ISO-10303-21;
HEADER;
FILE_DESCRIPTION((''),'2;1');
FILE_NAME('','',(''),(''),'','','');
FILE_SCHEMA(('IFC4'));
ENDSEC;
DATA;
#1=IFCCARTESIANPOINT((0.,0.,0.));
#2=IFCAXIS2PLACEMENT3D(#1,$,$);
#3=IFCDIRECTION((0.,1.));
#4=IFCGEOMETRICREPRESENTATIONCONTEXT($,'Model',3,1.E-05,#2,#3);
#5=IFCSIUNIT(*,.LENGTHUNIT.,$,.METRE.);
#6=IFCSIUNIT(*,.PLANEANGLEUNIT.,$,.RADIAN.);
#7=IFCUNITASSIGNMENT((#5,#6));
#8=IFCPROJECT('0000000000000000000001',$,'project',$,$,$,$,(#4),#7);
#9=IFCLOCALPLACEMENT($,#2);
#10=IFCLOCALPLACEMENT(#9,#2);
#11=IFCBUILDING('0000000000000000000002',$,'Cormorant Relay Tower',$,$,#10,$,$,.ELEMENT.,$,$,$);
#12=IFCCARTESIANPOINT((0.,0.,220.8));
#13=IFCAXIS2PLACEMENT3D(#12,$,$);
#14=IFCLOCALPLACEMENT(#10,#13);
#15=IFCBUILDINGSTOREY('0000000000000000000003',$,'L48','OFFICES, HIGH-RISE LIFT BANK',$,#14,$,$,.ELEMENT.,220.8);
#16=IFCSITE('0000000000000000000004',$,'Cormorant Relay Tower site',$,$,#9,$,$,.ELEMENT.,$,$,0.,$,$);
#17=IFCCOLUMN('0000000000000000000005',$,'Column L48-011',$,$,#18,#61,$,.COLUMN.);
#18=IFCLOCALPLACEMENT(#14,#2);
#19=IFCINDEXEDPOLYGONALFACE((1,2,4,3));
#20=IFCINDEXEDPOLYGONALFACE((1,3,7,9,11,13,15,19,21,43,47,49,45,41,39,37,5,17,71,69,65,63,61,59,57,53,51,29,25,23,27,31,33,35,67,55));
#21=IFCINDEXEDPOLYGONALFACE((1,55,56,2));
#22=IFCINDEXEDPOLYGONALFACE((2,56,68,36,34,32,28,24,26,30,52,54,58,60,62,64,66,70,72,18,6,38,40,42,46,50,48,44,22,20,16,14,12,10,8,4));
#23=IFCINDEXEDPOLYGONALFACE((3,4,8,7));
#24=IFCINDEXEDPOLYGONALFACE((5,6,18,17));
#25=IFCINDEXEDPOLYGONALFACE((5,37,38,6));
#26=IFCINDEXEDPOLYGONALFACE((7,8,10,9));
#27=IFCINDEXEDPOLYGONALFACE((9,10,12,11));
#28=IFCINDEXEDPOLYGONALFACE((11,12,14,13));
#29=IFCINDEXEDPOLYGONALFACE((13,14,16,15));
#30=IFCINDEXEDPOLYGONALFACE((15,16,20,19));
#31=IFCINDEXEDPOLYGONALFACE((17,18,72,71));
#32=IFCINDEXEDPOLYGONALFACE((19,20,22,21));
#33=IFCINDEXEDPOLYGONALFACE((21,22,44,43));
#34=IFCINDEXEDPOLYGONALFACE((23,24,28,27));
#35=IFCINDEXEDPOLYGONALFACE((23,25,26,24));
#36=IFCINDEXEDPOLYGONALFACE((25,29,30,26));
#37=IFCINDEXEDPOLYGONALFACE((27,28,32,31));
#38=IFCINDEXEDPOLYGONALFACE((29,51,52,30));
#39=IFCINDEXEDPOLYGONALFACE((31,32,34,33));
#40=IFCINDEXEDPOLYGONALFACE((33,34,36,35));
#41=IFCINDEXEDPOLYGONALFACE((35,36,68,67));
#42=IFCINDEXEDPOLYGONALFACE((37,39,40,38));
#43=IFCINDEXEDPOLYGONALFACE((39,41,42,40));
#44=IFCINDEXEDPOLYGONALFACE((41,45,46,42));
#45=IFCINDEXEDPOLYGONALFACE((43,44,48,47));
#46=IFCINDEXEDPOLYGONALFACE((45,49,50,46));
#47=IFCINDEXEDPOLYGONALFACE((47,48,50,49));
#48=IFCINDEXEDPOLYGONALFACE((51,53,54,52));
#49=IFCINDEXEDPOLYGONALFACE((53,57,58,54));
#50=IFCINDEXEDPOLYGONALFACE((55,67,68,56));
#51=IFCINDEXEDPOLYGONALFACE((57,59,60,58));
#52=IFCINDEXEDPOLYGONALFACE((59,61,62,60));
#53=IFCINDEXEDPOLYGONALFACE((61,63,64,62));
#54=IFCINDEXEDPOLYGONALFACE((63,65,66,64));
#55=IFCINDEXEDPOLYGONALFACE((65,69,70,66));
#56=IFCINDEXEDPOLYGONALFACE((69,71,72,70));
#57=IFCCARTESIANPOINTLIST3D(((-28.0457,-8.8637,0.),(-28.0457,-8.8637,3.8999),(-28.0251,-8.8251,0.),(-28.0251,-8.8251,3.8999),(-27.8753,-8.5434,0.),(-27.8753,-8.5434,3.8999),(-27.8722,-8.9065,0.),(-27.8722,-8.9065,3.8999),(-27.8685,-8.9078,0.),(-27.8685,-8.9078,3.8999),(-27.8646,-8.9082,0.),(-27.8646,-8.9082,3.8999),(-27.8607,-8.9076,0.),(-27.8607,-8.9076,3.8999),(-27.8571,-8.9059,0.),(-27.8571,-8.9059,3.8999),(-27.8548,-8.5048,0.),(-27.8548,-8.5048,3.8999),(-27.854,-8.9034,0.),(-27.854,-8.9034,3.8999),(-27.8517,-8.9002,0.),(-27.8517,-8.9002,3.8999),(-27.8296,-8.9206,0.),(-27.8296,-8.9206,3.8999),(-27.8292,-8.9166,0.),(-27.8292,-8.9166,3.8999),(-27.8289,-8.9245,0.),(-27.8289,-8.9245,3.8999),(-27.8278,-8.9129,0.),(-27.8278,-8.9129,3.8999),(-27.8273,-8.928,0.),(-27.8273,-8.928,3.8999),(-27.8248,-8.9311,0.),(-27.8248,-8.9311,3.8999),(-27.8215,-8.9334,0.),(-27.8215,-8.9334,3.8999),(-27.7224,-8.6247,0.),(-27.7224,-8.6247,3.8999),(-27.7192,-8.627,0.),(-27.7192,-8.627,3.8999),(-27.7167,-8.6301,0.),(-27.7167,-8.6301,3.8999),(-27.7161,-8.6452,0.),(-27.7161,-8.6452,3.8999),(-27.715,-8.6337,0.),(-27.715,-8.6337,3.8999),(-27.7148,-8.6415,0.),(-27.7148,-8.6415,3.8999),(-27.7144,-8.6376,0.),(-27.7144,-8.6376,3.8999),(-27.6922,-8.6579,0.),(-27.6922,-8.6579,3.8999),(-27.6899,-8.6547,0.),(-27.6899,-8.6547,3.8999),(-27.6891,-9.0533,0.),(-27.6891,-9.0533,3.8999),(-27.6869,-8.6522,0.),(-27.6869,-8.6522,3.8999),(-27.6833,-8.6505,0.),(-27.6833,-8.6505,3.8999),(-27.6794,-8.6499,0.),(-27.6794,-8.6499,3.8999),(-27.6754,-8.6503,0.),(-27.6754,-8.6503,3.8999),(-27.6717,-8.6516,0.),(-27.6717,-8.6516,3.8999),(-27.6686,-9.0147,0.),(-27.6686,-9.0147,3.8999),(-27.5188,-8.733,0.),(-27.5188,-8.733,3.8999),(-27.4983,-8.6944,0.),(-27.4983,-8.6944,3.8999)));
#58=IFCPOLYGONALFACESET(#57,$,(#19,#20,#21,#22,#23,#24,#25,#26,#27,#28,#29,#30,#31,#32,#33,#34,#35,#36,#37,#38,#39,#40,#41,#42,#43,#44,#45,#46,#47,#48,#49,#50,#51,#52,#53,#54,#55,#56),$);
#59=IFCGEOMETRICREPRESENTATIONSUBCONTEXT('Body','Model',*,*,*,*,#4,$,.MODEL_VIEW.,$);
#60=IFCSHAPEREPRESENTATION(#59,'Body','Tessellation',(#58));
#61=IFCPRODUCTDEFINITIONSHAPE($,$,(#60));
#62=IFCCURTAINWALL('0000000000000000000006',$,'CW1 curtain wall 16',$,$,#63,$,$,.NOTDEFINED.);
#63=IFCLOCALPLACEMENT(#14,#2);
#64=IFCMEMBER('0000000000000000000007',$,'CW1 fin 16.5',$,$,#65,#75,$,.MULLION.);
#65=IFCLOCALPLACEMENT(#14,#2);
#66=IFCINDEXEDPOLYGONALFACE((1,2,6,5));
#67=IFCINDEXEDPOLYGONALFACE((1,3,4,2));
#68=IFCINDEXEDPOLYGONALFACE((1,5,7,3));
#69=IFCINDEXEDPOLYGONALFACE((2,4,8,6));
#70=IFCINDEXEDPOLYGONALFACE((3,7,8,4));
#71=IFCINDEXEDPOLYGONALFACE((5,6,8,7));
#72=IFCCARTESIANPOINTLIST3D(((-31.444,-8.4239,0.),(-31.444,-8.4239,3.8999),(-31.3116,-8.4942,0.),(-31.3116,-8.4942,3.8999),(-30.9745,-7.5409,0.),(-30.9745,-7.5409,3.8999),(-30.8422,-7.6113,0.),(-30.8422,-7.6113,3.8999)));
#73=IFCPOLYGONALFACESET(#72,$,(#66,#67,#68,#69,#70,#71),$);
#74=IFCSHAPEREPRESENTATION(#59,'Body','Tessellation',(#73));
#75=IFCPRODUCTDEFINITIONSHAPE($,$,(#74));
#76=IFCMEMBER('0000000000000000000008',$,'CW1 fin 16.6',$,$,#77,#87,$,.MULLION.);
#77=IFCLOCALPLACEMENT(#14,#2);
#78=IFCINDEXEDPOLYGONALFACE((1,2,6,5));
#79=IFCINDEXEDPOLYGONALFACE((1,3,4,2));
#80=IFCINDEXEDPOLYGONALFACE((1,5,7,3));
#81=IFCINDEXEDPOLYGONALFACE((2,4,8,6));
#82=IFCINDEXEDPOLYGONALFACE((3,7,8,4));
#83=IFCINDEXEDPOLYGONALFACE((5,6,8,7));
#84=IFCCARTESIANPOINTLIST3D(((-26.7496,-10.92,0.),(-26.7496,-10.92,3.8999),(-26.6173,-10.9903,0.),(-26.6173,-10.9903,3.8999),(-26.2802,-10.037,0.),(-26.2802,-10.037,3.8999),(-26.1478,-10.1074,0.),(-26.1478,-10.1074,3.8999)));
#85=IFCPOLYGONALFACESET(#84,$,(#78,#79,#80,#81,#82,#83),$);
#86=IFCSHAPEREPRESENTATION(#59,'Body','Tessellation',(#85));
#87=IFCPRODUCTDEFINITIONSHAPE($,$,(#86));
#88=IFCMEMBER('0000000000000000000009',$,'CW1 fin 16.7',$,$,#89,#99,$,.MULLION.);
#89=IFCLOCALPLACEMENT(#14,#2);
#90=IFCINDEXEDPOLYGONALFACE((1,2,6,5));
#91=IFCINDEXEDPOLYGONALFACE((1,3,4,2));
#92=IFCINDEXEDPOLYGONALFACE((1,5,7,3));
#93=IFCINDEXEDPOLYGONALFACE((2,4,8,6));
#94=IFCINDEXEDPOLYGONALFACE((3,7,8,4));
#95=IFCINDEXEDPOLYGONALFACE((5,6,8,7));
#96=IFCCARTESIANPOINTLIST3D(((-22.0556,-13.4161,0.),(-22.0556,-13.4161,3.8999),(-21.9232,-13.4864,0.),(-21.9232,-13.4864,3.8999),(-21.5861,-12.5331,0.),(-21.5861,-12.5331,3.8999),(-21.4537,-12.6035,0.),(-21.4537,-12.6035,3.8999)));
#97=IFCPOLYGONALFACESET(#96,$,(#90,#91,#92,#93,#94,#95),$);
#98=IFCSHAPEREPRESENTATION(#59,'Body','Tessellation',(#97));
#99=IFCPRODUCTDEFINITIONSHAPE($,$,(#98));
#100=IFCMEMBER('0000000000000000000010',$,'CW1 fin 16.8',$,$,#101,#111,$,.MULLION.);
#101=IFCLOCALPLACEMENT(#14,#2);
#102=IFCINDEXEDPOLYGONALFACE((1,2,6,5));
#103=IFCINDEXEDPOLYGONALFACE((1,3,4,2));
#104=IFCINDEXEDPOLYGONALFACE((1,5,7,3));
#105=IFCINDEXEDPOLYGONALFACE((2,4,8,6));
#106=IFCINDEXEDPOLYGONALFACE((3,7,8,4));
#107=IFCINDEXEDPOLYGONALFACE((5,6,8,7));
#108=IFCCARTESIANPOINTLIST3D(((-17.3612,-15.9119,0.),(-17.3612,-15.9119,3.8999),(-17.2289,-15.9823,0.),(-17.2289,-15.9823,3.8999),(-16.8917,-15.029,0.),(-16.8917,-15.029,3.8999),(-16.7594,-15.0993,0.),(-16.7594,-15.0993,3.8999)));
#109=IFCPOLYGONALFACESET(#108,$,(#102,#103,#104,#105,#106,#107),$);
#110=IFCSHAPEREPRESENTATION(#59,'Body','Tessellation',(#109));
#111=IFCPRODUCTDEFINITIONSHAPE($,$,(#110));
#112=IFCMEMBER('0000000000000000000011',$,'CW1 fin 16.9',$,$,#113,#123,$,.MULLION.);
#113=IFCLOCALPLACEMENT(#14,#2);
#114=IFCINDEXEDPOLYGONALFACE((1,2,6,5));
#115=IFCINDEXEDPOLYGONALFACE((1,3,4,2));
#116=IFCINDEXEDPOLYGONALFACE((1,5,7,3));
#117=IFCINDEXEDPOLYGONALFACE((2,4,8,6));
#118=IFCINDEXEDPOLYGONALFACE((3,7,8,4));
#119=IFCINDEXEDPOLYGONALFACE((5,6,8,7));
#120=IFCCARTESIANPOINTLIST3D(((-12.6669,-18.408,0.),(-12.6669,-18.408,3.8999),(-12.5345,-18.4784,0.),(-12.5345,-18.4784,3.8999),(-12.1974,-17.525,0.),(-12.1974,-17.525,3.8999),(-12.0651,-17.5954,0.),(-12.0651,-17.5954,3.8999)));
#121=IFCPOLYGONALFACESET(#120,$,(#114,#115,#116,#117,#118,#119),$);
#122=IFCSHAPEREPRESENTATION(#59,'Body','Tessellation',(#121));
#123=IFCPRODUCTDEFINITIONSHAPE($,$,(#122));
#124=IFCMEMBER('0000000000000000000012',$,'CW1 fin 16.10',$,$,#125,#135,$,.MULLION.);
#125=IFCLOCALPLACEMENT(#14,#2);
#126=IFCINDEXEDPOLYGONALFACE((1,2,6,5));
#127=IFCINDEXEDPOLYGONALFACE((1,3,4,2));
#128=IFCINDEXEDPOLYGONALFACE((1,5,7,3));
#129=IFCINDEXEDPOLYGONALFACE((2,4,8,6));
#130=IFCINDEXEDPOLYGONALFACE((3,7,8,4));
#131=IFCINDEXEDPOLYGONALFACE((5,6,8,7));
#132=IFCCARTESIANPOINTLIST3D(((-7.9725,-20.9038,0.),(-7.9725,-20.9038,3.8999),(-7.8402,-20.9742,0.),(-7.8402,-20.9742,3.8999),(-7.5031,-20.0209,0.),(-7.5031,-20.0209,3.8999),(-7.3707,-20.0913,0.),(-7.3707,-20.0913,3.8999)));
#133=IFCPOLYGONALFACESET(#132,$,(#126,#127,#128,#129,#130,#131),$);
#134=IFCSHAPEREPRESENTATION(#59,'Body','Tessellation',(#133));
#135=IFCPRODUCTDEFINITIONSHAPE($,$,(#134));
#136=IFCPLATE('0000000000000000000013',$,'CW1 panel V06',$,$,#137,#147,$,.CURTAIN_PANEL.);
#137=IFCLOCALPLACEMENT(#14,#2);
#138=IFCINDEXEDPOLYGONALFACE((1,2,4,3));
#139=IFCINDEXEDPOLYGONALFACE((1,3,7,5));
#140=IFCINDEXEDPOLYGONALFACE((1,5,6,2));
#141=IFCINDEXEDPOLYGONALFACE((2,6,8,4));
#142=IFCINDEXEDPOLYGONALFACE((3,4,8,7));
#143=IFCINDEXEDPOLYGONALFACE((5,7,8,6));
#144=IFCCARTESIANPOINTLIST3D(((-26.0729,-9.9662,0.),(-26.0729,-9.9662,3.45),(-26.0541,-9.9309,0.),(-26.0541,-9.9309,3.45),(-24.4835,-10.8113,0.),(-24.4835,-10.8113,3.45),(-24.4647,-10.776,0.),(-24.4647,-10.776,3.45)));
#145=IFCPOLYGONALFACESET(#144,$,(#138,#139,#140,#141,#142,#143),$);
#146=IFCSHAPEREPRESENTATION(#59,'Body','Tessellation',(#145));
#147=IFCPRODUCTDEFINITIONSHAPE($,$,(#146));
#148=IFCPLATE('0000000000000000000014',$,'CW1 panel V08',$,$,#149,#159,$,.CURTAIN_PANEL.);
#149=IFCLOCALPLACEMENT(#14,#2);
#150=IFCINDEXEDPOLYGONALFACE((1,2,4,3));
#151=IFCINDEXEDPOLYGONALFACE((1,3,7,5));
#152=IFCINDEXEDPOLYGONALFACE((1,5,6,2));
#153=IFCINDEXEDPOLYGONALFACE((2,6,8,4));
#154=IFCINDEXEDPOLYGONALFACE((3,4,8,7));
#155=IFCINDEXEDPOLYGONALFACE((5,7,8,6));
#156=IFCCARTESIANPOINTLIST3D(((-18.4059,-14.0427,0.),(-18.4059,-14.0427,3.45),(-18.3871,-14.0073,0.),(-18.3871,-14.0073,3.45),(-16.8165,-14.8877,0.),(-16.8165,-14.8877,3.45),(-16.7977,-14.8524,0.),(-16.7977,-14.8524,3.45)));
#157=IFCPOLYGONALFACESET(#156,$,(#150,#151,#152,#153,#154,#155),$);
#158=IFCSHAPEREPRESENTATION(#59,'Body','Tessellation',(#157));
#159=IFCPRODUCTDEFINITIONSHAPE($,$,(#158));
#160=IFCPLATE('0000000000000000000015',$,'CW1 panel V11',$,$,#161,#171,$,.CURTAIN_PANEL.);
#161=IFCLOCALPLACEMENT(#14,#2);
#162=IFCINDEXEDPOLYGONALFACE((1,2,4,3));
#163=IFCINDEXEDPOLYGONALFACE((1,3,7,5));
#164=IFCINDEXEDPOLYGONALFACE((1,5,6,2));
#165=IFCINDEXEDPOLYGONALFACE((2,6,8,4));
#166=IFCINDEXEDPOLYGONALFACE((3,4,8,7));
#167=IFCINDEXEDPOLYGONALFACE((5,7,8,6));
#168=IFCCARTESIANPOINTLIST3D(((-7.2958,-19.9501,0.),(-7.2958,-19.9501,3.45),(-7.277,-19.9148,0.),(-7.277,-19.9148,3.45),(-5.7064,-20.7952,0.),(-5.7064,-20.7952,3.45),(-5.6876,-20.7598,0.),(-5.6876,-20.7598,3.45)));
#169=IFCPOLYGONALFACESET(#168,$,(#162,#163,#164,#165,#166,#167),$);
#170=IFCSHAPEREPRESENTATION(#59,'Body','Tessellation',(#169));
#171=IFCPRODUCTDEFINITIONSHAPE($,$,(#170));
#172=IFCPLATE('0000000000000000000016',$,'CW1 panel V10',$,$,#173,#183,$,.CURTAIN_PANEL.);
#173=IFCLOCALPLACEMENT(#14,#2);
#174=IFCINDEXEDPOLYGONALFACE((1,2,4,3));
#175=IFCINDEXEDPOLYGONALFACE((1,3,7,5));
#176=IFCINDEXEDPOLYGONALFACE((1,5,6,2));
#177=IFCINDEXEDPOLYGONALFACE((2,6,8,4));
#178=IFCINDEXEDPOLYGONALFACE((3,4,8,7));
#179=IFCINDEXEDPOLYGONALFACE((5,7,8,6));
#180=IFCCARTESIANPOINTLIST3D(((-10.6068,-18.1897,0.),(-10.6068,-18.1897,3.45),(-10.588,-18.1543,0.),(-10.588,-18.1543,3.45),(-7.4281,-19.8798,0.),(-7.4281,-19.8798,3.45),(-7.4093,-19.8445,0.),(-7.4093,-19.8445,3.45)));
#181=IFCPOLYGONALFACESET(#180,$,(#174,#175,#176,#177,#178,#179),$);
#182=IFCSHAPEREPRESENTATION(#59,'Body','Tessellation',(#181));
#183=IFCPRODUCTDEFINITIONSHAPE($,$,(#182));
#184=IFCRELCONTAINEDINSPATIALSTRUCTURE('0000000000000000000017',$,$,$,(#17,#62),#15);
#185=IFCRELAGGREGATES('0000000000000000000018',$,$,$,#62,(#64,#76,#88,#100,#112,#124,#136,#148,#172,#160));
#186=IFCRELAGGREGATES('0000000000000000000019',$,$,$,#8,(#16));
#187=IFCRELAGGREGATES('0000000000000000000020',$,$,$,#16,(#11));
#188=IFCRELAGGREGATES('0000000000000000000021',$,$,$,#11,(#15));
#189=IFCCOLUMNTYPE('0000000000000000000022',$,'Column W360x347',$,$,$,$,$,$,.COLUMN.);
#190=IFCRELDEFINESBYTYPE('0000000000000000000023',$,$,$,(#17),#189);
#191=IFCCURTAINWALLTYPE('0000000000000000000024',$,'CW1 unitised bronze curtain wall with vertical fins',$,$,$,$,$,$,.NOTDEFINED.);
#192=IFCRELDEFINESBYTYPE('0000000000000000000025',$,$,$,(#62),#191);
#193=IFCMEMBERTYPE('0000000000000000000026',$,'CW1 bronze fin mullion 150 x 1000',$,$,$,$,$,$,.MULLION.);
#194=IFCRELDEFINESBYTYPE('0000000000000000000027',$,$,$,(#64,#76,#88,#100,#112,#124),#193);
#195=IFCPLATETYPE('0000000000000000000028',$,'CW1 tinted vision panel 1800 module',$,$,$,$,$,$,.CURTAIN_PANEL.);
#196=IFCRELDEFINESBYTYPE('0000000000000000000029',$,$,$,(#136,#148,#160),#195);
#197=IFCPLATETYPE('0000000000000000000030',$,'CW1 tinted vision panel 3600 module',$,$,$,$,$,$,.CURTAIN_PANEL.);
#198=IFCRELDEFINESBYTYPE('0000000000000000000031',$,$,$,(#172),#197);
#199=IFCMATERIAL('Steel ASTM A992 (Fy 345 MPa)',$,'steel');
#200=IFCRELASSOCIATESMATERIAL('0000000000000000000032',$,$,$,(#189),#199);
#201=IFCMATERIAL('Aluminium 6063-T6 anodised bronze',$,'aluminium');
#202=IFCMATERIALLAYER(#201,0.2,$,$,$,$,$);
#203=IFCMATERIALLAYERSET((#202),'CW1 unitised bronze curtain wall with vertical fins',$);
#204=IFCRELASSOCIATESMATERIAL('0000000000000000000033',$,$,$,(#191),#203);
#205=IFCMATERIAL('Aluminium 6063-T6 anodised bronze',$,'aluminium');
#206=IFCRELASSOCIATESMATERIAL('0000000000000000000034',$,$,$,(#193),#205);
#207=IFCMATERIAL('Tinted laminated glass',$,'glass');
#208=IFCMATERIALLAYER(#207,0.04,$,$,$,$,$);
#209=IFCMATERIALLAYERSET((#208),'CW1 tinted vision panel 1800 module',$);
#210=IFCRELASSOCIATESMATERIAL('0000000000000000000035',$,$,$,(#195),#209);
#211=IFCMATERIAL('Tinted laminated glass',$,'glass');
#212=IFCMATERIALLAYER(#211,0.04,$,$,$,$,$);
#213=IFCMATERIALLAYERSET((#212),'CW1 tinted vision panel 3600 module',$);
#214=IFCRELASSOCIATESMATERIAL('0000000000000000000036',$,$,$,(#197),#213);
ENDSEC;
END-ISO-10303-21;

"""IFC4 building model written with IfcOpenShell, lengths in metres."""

from ifc_helpers import new_model, si_unit, direction, frame, origin, origin_2d, place, context, subcontext, project, spatial, rectangle, i_section, extrude, material, layer, layer_set, material_profile, profile_set, type_object, element, aggregate, save


model = new_model("IFC4")

# Units and contexts
model_context = context("Model", 3, precision=1e-05, world=origin(), true_north=direction((0.0, 1.0)))
body_context = subcontext(model_context, "Body", "Model", "MODEL_VIEW")
ifc_project = project(units=[si_unit("LENGTHUNIT", "METRE"), si_unit("PLANEANGLEUNIT", "RADIAN")], contexts=[model_context])

# Site, building, storey
site_placement = place(None, origin())
site = spatial("IfcSite", under=ifc_project, at=site_placement, Name="Cormorant Relay Tower site", CompositionType="ELEMENT", RefElevation=0.0)
building_placement = place(site_placement, origin())
building = spatial("IfcBuilding", under=site, at=building_placement, Name="Cormorant Relay Tower", CompositionType="ELEMENT")
storey_placement = place(building_placement, frame((0.0, 0.0, 220.8)))
storey = spatial("IfcBuildingStorey", under=building, at=storey_placement, Name="L48", Description="OFFICES, HIGH-RISE LIFT BANK", CompositionType="ELEMENT", Elevation=220.8)

# Column
ifc_material_1 = material(Name="Steel ASTM A992 (Fy 345 MPa)", Category="steel")
ifc_material_profile_1 = material_profile(ifc_material_1, i_section(OverallWidth=0.4038, OverallDepth=0.4065, WebThickness=0.0271, FlangeThickness=0.0437, FilletRadius=0.0151, at=origin_2d()), Name="W360x347")
ifc_profile_set_1 = profile_set([ifc_material_profile_1], Name="Steel ASTM A992 (Fy 345 MPa)")
column_type_1 = type_object("IfcColumnType", Name="Column W360x347", PredefinedType="COLUMN", material=ifc_profile_set_1)
for number, where, z_axis, x_axis, name in (
    (1, (-27.772, -8.7791, 0.0), (0.0, 0.0, 1.0), (0.882948, -0.469472, 0.0), "Column L48-011"),
):
    element("IfcColumn", number, at=place(storey_placement, frame(where, z_axis=z_axis, x_axis=x_axis)), inside=storey, type_object=column_type_1, Name=name, PredefinedType="COLUMN", context=body_context, shape_type="SweptSolid", body=[
        extrude(i_section(OverallWidth=0.4038, OverallDepth=0.4065, WebThickness=0.0271, FlangeThickness=0.0437, FilletRadius=0.0151, at=origin_2d()), origin(), (0.0, 0.0, 1.0), 3.8999),
    ])

# Curtain wall, members, plates
ifc_material_2 = material(Name="Aluminium 6063-T6 anodised bronze", Category="aluminium")
ifc_layer_1 = layer(ifc_material_2, 0.2)
ifc_layer_set_1 = layer_set([ifc_layer_1], Name="CW1 unitised bronze curtain wall with vertical fins")
curtain_wall_type = type_object("IfcCurtainWallType", Name="CW1 unitised bronze curtain wall with vertical fins", PredefinedType="NOTDEFINED", material=ifc_layer_set_1)
curtain_wall_placement = place(storey_placement, origin())
curtain_wall = element("IfcCurtainWall", 2, at=curtain_wall_placement, inside=storey, type_object=curtain_wall_type, Name="CW1 curtain wall 16", PredefinedType="NOTDEFINED")
ifc_material_3 = material(Name="Aluminium 6063-T6 anodised bronze", Category="aluminium")
ifc_material_profile_2 = material_profile(ifc_material_3, rectangle(XDim=0.1499, YDim=1.0, at=origin_2d()), Name="AL 150x1000")
ifc_profile_set_2 = profile_set([ifc_material_profile_2], Name="Aluminium 6063-T6 anodised bronze")
member_type = type_object("IfcMemberType", Name="CW1 bronze fin mullion 150 x 1000", PredefinedType="MULLION", material=ifc_profile_set_2)
member_1_placement = place(storey_placement, frame((-31.1431, -8.0176, 0.0), z_axis=(0.0, 0.0, 1.0), x_axis=(0.882948, -0.469472, 0.0)))
member_1 = element("IfcMember", 3, at=member_1_placement, type_object=member_type, Name="CW1 fin 16.5", PredefinedType="MULLION", context=body_context, shape_type="SweptSolid", body=[
    extrude(rectangle(XDim=0.1499, YDim=1.0, at=origin_2d()), origin(), (0.0, 0.0, 1.0), 3.8999),
])
member_2_placement = place(storey_placement, frame((-26.4487, -10.5137, 0.0), z_axis=(0.0, 0.0, 1.0), x_axis=(0.882948, -0.469472, 0.0)))
member_2 = element("IfcMember", 4, at=member_2_placement, type_object=member_type, Name="CW1 fin 16.6", PredefinedType="MULLION", context=body_context, shape_type="SweptSolid", body=[
    extrude(rectangle(XDim=0.1499, YDim=1.0, at=origin_2d()), origin(), (0.0, 0.0, 1.0), 3.8999),
])
member_3_placement = place(storey_placement, frame((-21.7546, -13.0098, 0.0), z_axis=(0.0, 0.0, 1.0), x_axis=(0.882948, -0.469472, 0.0)))
member_3 = element("IfcMember", 5, at=member_3_placement, type_object=member_type, Name="CW1 fin 16.7", PredefinedType="MULLION", context=body_context, shape_type="SweptSolid", body=[
    extrude(rectangle(XDim=0.1499, YDim=1.0, at=origin_2d()), origin(), (0.0, 0.0, 1.0), 3.8999),
])
member_4_placement = place(storey_placement, frame((-17.0603, -15.5056, 0.0), z_axis=(0.0, 0.0, 1.0), x_axis=(0.882948, -0.469472, 0.0)))
member_4 = element("IfcMember", 6, at=member_4_placement, type_object=member_type, Name="CW1 fin 16.8", PredefinedType="MULLION", context=body_context, shape_type="SweptSolid", body=[
    extrude(rectangle(XDim=0.1499, YDim=1.0, at=origin_2d()), origin(), (0.0, 0.0, 1.0), 3.8999),
])
member_5_placement = place(storey_placement, frame((-12.366, -18.0017, 0.0), z_axis=(0.0, 0.0, 1.0), x_axis=(0.882948, -0.469472, 0.0)))
member_5 = element("IfcMember", 7, at=member_5_placement, type_object=member_type, Name="CW1 fin 16.9", PredefinedType="MULLION", context=body_context, shape_type="SweptSolid", body=[
    extrude(rectangle(XDim=0.1499, YDim=1.0, at=origin_2d()), origin(), (0.0, 0.0, 1.0), 3.8999),
])
member_6_placement = place(storey_placement, frame((-7.6716, -20.4976, 0.0), z_axis=(0.0, 0.0, 1.0), x_axis=(0.882948, -0.469472, 0.0)))
member_6 = element("IfcMember", 8, at=member_6_placement, type_object=member_type, Name="CW1 fin 16.10", PredefinedType="MULLION", context=body_context, shape_type="SweptSolid", body=[
    extrude(rectangle(XDim=0.1499, YDim=1.0, at=origin_2d()), origin(), (0.0, 0.0, 1.0), 3.8999),
])
ifc_material_4 = material(Name="Tinted laminated glass", Category="glass")
ifc_layer_2 = layer(ifc_material_4, 0.04)
ifc_layer_set_2 = layer_set([ifc_layer_2], Name="CW1 tinted vision panel 1800 module")
plate_type_1 = type_object("IfcPlateType", Name="CW1 tinted vision panel 1800 module", PredefinedType="CURTAIN_PANEL", material=ifc_layer_set_2)
plate_1_placement = place(storey_placement, frame((-25.2688, -10.3711, 0.0), z_axis=(0.0, 0.0, 1.0), x_axis=(0.882948, -0.469472, 0.0)))
plate_1 = element("IfcPlate", 9, at=plate_1_placement, type_object=plate_type_1, Name="CW1 panel V06", PredefinedType="CURTAIN_PANEL", context=body_context, shape_type="SweptSolid", body=[
    extrude(rectangle(XDim=1.8, YDim=0.04, at=origin_2d()), origin(), (0.0, 0.0, 1.0), 3.45),
])
plate_2_placement = place(storey_placement, frame((-17.6018, -14.4475, 0.0), z_axis=(0.0, 0.0, 1.0), x_axis=(0.882948, -0.469472, 0.0)))
plate_2 = element("IfcPlate", 10, at=plate_2_placement, type_object=plate_type_1, Name="CW1 panel V08", PredefinedType="CURTAIN_PANEL", context=body_context, shape_type="SweptSolid", body=[
    extrude(rectangle(XDim=1.8, YDim=0.04, at=origin_2d()), origin(), (0.0, 0.0, 1.0), 3.45),
])
plate_3_placement = place(storey_placement, frame((-6.4917, -20.355, 0.0), z_axis=(0.0, 0.0, 1.0), x_axis=(0.882948, -0.469472, 0.0)))
plate_3 = element("IfcPlate", 11, at=plate_3_placement, type_object=plate_type_1, Name="CW1 panel V11", PredefinedType="CURTAIN_PANEL", context=body_context, shape_type="SweptSolid", body=[
    extrude(rectangle(XDim=1.8, YDim=0.04, at=origin_2d()), origin(), (0.0, 0.0, 1.0), 3.45),
])
ifc_material_5 = material(Name="Tinted laminated glass", Category="glass")
ifc_layer_3 = layer(ifc_material_5, 0.04)
ifc_layer_set_3 = layer_set([ifc_layer_3], Name="CW1 tinted vision panel 3600 module")
plate_type_2 = type_object("IfcPlateType", Name="CW1 tinted vision panel 3600 module", PredefinedType="CURTAIN_PANEL", material=ifc_layer_set_3)
plate_4_placement = place(storey_placement, frame((-9.0081, -19.0171, 0.0), z_axis=(0.0, 0.0, 1.0), x_axis=(0.882948, -0.469472, 0.0)))
plate_4 = element("IfcPlate", 12, at=plate_4_placement, type_object=plate_type_2, Name="CW1 panel V10", PredefinedType="CURTAIN_PANEL", context=body_context, shape_type="SweptSolid", body=[
    extrude(rectangle(XDim=3.6001, YDim=0.04, at=origin_2d()), origin(), (0.0, 0.0, 1.0), 3.45),
])

aggregate(curtain_wall, [member_1, member_2, member_3, member_4, member_5, member_6, plate_1, plate_2, plate_4, plate_3])

save(model, "model.ifc")
